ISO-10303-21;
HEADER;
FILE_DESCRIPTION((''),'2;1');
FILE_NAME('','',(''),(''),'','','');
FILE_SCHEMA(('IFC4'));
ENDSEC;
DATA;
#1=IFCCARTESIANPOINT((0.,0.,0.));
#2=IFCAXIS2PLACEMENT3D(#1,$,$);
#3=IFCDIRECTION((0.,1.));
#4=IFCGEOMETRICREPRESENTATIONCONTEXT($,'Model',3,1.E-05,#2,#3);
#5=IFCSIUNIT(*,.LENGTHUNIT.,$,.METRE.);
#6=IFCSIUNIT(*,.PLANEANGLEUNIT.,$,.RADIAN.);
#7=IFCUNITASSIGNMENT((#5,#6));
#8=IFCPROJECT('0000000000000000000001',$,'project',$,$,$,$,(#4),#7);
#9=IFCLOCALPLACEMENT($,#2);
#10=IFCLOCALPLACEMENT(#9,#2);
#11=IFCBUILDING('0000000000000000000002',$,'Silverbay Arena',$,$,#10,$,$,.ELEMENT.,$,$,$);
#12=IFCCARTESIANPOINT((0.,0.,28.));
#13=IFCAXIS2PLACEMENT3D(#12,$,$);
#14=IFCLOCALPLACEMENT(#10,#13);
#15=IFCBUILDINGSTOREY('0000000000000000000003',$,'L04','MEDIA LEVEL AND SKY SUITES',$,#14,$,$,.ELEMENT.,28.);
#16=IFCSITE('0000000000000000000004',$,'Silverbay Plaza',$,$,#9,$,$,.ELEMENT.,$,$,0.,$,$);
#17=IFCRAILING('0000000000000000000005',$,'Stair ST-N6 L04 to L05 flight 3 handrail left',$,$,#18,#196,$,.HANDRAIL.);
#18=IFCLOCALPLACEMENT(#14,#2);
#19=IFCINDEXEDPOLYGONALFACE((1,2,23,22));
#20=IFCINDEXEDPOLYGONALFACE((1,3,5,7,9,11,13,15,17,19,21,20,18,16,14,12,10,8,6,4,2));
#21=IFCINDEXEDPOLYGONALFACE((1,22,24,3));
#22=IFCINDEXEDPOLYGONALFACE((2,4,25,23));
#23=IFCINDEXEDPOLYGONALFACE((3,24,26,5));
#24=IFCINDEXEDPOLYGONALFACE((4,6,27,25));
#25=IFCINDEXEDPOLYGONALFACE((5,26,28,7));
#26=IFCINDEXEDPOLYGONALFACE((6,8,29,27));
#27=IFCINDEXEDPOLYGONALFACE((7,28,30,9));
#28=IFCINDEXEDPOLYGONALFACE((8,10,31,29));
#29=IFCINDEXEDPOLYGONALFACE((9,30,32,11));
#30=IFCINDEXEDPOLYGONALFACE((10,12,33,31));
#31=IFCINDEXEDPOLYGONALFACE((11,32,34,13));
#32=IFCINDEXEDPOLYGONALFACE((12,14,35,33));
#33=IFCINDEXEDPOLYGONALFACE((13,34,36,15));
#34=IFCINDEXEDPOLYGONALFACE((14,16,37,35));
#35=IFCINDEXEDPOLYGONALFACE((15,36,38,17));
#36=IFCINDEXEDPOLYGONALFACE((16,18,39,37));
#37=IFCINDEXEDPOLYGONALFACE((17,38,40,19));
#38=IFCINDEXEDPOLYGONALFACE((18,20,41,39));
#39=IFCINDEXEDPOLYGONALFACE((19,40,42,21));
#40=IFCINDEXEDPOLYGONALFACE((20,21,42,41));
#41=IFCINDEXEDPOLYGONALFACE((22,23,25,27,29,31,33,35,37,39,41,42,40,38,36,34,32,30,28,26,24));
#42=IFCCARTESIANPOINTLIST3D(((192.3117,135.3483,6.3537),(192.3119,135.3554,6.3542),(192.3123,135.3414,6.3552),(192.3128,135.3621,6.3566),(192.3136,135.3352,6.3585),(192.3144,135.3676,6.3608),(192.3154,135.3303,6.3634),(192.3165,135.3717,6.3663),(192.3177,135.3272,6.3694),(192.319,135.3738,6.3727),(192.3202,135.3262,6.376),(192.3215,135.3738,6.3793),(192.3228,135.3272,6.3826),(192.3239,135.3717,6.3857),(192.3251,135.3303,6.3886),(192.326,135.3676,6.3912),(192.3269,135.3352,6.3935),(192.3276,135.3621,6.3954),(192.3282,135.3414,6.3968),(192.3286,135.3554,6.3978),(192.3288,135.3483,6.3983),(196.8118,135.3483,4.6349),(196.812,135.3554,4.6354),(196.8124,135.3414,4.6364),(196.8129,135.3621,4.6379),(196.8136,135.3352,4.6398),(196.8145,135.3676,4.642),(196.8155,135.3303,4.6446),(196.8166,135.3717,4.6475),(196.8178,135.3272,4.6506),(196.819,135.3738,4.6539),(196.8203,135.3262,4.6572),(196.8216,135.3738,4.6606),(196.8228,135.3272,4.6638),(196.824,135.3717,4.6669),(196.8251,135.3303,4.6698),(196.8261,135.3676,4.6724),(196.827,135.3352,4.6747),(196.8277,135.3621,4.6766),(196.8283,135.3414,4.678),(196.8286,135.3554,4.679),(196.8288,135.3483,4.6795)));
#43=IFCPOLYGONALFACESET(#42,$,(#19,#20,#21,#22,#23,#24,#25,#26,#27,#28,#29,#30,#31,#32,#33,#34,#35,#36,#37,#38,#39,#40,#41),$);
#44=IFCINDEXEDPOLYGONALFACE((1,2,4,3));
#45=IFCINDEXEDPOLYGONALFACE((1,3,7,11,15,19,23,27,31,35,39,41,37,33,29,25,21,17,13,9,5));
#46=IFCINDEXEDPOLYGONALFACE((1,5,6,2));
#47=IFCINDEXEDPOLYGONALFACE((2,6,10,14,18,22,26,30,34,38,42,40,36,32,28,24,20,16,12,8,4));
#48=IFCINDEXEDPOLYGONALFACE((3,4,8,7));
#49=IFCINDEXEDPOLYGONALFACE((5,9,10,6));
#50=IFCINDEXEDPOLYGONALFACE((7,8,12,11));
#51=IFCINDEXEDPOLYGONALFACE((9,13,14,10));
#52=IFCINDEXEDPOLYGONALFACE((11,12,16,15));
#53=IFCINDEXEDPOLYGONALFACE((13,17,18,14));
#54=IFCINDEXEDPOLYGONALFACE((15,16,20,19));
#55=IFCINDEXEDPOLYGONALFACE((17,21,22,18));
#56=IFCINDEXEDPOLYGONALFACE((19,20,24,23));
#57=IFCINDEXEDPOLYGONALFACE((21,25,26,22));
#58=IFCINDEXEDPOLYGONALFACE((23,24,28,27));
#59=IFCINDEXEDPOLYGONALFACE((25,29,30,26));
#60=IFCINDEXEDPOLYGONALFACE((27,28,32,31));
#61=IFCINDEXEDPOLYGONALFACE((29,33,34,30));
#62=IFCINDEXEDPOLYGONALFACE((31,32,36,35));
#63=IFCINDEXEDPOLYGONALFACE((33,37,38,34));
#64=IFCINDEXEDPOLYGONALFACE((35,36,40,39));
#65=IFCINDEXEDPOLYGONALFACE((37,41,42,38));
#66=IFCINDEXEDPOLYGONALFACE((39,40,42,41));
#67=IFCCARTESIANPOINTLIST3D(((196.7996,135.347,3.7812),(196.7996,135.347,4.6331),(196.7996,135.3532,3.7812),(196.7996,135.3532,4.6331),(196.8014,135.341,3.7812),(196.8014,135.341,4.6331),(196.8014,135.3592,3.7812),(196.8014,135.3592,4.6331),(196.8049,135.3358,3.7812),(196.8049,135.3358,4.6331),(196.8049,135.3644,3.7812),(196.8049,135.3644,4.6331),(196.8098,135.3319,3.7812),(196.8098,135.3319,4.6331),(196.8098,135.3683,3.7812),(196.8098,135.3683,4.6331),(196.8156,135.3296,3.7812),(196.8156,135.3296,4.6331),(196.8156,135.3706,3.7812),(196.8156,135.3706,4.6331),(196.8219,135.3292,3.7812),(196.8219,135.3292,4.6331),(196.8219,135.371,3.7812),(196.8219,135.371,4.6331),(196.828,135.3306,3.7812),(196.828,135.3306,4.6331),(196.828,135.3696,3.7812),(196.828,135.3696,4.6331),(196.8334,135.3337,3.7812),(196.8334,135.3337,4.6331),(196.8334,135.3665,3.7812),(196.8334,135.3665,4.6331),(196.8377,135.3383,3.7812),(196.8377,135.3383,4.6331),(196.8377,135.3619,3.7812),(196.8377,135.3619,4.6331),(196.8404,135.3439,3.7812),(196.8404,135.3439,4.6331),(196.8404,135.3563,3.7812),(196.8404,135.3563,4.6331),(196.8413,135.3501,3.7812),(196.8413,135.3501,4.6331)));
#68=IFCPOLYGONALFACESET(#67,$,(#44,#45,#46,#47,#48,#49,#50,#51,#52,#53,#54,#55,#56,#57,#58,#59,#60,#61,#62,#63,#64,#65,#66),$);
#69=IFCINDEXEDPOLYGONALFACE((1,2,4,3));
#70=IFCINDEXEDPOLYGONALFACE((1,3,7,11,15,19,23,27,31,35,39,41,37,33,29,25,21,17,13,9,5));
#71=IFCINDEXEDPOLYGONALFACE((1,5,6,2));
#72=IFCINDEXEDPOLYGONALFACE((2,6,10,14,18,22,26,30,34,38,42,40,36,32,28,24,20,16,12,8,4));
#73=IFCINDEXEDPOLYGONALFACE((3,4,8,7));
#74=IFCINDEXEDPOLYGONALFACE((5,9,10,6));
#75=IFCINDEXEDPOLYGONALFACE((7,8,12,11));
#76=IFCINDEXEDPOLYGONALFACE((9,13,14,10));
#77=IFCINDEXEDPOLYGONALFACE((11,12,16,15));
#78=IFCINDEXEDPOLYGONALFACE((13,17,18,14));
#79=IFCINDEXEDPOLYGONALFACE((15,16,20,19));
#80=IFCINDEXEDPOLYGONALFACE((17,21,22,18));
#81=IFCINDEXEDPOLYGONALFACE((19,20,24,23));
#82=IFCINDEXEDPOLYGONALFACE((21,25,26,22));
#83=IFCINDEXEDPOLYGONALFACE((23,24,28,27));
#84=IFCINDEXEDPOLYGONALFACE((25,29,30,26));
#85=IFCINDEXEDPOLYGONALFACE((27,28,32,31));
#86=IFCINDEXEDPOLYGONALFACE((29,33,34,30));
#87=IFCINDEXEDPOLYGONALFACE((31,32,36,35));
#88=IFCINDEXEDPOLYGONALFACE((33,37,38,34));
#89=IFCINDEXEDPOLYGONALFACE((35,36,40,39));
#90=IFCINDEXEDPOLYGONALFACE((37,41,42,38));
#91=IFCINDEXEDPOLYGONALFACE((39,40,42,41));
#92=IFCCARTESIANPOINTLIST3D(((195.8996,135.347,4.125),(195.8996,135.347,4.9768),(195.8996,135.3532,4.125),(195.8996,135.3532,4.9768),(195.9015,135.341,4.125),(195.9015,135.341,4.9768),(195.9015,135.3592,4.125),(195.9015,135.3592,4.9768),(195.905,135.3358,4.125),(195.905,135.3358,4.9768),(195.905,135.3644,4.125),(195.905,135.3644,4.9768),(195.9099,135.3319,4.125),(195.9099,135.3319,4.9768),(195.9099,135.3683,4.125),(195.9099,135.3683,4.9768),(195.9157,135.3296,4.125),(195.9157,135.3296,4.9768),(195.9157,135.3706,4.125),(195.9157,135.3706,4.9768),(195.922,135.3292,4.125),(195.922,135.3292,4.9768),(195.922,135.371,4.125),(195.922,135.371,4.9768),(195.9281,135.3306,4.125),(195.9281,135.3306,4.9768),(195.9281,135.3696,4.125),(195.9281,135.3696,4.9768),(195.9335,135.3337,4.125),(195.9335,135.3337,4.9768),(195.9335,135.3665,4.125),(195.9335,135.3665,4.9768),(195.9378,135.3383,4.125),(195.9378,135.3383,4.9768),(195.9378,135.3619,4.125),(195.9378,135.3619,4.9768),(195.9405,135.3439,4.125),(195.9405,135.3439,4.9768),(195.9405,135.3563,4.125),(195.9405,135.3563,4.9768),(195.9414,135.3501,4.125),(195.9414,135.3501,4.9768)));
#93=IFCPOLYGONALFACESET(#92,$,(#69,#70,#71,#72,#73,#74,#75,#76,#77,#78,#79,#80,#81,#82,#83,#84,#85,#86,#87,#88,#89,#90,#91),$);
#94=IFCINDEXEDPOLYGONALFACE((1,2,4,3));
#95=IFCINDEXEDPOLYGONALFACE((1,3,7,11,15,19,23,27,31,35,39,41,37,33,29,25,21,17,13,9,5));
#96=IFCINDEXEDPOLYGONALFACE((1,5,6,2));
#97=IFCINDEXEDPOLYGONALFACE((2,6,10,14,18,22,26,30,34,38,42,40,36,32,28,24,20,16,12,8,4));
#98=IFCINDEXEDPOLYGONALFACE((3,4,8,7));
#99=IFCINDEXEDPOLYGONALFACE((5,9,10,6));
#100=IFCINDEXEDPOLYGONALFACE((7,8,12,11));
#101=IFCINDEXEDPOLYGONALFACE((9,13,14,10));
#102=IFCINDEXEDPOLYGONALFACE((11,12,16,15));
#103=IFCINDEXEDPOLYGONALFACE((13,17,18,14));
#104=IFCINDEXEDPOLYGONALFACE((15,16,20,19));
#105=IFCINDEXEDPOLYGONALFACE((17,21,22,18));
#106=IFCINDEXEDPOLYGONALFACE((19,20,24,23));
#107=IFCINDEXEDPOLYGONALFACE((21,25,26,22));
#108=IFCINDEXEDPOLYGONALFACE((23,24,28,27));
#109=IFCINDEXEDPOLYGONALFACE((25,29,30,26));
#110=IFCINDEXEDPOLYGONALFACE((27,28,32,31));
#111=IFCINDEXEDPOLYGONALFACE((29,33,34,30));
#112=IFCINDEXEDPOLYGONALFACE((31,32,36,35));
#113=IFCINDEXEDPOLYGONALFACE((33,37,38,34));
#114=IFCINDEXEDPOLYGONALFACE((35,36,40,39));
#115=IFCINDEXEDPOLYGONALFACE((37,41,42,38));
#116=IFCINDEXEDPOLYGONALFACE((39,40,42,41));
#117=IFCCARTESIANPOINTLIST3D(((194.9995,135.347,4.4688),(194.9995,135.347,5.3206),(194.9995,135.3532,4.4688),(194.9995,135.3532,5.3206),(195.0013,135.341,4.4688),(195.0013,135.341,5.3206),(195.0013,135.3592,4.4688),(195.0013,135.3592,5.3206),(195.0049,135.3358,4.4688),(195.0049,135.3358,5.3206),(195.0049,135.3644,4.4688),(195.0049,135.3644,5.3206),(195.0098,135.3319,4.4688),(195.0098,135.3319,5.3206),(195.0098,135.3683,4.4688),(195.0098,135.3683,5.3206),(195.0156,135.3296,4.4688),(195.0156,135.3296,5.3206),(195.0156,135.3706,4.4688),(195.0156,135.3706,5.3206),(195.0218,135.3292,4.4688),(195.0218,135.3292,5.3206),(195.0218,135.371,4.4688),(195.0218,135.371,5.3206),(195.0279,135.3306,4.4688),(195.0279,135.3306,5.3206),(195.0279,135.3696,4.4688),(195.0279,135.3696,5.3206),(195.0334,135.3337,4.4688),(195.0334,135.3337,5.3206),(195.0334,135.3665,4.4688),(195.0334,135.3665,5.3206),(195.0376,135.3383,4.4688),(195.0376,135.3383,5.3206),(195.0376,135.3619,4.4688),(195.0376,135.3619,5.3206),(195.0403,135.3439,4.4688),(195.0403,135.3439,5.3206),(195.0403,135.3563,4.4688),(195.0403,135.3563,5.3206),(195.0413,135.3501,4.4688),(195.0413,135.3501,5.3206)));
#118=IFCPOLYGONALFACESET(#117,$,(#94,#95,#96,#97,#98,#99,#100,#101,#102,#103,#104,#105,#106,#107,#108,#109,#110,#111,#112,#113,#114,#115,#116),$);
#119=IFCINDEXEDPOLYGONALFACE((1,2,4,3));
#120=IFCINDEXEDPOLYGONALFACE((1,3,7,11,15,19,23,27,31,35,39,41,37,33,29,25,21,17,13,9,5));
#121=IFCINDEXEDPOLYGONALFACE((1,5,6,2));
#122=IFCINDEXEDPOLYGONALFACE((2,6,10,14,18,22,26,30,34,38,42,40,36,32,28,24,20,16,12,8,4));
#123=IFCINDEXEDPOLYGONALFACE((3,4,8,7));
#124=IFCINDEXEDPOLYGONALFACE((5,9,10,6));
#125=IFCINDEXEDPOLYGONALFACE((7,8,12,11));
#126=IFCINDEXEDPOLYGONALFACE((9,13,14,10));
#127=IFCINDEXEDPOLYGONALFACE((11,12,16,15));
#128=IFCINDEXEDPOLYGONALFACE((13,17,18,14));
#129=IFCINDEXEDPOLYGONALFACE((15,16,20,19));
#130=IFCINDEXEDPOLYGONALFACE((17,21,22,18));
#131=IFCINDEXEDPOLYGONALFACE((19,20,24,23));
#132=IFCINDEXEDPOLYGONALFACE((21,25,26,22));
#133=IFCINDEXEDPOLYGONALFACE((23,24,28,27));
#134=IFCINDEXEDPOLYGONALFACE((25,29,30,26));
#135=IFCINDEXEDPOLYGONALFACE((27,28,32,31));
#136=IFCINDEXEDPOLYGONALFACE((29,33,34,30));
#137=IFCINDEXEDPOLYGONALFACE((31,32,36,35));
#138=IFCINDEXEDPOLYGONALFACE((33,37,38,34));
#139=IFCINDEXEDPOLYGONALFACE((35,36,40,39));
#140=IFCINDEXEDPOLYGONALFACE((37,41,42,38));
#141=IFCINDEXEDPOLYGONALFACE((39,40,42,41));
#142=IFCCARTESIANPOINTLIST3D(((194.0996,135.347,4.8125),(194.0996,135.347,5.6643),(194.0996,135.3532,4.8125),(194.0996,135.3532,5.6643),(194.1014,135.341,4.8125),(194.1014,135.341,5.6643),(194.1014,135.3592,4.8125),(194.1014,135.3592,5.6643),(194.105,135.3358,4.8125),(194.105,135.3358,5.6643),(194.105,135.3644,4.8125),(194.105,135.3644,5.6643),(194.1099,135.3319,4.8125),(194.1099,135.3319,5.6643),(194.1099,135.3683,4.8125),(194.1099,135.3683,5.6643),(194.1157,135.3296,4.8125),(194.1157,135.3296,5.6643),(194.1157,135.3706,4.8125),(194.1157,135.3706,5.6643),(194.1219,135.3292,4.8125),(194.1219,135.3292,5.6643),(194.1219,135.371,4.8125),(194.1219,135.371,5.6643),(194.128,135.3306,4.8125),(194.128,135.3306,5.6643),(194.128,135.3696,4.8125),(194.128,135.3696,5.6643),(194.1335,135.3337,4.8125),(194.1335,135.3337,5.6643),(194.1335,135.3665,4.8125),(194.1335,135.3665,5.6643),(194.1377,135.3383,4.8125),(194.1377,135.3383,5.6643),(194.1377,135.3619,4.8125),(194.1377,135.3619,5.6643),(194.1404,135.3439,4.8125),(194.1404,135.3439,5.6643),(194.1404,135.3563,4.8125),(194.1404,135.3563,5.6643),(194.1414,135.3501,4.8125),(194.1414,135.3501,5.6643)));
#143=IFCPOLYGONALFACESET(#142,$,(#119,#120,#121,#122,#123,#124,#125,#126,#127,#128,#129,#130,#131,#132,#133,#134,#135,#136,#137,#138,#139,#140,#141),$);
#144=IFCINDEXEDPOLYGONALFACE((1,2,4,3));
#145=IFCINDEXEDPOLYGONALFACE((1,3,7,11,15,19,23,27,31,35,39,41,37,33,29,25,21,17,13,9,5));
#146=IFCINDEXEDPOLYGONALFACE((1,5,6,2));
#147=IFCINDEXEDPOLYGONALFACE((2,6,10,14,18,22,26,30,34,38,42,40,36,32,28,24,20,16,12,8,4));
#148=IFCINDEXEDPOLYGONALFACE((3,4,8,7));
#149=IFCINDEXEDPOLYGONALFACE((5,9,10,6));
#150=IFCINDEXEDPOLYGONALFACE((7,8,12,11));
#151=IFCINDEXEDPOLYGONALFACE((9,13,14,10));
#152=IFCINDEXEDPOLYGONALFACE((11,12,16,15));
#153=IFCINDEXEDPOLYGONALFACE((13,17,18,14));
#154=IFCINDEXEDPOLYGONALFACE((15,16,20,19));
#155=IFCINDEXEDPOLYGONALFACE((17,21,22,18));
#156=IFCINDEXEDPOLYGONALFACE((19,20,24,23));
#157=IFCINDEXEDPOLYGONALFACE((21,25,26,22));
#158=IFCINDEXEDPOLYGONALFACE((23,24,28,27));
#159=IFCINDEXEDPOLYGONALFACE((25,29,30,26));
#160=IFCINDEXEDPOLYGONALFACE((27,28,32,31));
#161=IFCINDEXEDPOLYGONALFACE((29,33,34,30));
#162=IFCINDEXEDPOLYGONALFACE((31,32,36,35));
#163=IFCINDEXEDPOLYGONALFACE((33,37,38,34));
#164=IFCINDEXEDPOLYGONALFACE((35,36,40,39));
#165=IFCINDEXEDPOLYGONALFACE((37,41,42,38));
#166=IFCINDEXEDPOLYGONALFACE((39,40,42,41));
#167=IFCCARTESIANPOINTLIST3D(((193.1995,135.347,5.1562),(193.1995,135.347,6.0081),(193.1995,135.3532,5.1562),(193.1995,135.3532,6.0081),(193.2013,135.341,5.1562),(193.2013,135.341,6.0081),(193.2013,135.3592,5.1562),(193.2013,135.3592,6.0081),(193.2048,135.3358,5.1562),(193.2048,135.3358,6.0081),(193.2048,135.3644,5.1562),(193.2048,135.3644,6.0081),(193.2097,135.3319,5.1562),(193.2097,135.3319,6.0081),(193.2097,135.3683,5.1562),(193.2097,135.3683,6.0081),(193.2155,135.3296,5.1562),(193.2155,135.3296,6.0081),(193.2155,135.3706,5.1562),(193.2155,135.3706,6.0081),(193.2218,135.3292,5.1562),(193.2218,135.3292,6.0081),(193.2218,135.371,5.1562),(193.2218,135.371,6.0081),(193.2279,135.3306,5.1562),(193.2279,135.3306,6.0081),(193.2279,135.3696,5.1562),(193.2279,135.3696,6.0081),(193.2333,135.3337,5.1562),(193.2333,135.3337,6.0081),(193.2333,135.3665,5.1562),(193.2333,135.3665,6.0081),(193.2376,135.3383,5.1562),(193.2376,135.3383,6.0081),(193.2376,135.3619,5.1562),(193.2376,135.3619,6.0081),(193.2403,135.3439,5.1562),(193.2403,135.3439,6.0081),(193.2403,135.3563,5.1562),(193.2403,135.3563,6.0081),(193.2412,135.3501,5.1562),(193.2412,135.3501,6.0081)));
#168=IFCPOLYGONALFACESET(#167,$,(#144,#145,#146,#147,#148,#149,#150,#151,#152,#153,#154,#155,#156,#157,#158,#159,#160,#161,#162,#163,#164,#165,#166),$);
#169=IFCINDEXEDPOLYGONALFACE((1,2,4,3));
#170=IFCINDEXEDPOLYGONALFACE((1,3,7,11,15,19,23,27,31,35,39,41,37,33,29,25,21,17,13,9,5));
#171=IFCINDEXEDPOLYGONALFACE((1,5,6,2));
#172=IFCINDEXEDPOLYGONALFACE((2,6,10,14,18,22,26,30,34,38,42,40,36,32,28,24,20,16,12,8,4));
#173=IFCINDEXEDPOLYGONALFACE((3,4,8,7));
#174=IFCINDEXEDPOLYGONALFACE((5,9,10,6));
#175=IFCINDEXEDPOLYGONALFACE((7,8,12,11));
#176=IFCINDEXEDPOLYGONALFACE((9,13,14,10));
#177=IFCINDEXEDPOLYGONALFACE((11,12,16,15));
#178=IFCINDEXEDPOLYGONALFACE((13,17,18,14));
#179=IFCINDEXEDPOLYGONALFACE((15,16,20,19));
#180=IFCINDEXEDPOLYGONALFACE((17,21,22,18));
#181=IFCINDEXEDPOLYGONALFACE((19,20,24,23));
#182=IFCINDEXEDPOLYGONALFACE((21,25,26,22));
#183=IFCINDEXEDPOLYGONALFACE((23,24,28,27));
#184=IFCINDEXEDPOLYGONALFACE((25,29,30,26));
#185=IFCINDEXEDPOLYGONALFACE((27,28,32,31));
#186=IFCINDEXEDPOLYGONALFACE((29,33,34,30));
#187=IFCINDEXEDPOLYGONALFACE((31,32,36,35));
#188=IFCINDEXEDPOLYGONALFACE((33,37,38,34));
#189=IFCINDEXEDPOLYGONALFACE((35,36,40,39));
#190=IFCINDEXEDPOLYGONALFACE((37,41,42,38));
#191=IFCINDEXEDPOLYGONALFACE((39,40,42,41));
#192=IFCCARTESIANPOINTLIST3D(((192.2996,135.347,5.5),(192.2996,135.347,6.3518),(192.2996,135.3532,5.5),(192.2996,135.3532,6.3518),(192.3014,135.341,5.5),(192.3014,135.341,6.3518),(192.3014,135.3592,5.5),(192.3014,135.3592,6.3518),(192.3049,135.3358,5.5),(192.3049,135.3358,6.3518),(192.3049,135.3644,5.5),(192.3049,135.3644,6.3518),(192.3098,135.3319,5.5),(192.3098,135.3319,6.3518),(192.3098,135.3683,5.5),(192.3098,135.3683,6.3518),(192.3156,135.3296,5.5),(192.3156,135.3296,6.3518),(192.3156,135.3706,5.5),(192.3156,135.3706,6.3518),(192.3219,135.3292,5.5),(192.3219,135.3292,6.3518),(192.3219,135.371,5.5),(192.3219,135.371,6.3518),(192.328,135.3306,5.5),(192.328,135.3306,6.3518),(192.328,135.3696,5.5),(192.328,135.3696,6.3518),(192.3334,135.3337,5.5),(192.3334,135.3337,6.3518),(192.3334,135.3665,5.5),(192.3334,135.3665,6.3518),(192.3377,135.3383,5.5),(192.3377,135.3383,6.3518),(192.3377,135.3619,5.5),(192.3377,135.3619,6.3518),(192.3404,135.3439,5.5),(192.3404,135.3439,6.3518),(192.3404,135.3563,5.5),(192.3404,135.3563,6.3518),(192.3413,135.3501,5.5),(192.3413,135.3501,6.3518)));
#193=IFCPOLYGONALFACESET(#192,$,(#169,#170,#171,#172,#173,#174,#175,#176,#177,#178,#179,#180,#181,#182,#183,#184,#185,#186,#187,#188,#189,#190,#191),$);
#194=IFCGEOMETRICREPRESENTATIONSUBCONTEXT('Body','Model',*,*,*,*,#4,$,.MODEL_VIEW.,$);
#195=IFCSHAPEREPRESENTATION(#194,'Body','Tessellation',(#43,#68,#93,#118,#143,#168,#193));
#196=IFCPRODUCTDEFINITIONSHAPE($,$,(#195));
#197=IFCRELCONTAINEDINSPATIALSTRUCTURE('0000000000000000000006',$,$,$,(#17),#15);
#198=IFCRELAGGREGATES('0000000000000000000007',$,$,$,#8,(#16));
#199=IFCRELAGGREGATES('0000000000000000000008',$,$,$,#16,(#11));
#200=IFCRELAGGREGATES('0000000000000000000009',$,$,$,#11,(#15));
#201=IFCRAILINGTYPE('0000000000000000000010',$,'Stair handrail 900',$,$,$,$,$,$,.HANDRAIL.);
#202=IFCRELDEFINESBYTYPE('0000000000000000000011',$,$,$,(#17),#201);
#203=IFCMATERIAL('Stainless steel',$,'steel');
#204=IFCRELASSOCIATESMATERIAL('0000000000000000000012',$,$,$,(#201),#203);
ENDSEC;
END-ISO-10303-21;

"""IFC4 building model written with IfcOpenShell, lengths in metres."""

from ifc_helpers import new_model, si_unit, direction, frame, origin, origin_2d, place, context, subcontext, project, spatial, circle, extrude, material, type_object, element, save


model = new_model("IFC4")

# Units and contexts
model_context = context("Model", 3, precision=1e-05, world=origin(), true_north=direction((0.0, 1.0)))
body_context = subcontext(model_context, "Body", "Model", "MODEL_VIEW")
ifc_project = project(units=[si_unit("LENGTHUNIT", "METRE"), si_unit("PLANEANGLEUNIT", "RADIAN")], contexts=[model_context])

# Site, building, storey
site_placement = place(None, origin())
site = spatial("IfcSite", under=ifc_project, at=site_placement, Name="Silverbay Plaza", CompositionType="ELEMENT", RefElevation=0.0)
building_placement = place(site_placement, origin())
building = spatial("IfcBuilding", under=site, at=building_placement, Name="Silverbay Arena", CompositionType="ELEMENT")
storey_placement = place(building_placement, frame((0.0, 0.0, 28.0)))
storey = spatial("IfcBuildingStorey", under=building, at=storey_placement, Name="L04", Description="MEDIA LEVEL AND SKY SUITES", CompositionType="ELEMENT", Elevation=28.0)

# Railing
ifc_material_1 = material(Name="Stainless steel", Category="steel")
railing_type_1 = type_object("IfcRailingType", Name="Stair handrail 900", PredefinedType="HANDRAIL", material=ifc_material_1)
railing_1_placement = place(storey_placement, frame((196.8203, 135.3501, 3.7812)))
element("IfcRailing", 1, at=railing_1_placement, inside=storey, type_object=railing_type_1, Name="Stair ST-N6 L04 to L05 flight 3 handrail left", PredefinedType="HANDRAIL", context=body_context, shape_type="SweptSolid", body=[
    extrude(circle(Radius=0.0239, at=origin_2d()), frame((0.0, 0.0, 0.876), z_axis=(-0.934179, 0.0, 0.356805), x_axis=(0.0, -1.0, 0.0)), (0.0, 0.0, 1.0), 4.8171),
    extrude(circle(Radius=0.021, at=origin_2d()), origin(), (0.0, 0.0, 1.0), 0.8518),
    extrude(circle(Radius=0.021, at=origin_2d()), frame((-0.8999, 0.0, 0.3438)), (0.0, 0.0, 1.0), 0.8518),
    extrude(circle(Radius=0.021, at=origin_2d()), frame((-1.8, 0.0, 0.6875)), (0.0, 0.0, 1.0), 0.8518),
    extrude(circle(Radius=0.021, at=origin_2d()), frame((-2.7, 0.0, 1.0312)), (0.0, 0.0, 1.0), 0.8518),
    extrude(circle(Radius=0.021, at=origin_2d()), frame((-3.6001, 0.0, 1.375)), (0.0, 0.0, 1.0), 0.8518),
    extrude(circle(Radius=0.021, at=origin_2d()), frame((-4.5, 0.0, 1.7188)), (0.0, 0.0, 1.0), 0.8518),
])

save(model, "model.ifc")
